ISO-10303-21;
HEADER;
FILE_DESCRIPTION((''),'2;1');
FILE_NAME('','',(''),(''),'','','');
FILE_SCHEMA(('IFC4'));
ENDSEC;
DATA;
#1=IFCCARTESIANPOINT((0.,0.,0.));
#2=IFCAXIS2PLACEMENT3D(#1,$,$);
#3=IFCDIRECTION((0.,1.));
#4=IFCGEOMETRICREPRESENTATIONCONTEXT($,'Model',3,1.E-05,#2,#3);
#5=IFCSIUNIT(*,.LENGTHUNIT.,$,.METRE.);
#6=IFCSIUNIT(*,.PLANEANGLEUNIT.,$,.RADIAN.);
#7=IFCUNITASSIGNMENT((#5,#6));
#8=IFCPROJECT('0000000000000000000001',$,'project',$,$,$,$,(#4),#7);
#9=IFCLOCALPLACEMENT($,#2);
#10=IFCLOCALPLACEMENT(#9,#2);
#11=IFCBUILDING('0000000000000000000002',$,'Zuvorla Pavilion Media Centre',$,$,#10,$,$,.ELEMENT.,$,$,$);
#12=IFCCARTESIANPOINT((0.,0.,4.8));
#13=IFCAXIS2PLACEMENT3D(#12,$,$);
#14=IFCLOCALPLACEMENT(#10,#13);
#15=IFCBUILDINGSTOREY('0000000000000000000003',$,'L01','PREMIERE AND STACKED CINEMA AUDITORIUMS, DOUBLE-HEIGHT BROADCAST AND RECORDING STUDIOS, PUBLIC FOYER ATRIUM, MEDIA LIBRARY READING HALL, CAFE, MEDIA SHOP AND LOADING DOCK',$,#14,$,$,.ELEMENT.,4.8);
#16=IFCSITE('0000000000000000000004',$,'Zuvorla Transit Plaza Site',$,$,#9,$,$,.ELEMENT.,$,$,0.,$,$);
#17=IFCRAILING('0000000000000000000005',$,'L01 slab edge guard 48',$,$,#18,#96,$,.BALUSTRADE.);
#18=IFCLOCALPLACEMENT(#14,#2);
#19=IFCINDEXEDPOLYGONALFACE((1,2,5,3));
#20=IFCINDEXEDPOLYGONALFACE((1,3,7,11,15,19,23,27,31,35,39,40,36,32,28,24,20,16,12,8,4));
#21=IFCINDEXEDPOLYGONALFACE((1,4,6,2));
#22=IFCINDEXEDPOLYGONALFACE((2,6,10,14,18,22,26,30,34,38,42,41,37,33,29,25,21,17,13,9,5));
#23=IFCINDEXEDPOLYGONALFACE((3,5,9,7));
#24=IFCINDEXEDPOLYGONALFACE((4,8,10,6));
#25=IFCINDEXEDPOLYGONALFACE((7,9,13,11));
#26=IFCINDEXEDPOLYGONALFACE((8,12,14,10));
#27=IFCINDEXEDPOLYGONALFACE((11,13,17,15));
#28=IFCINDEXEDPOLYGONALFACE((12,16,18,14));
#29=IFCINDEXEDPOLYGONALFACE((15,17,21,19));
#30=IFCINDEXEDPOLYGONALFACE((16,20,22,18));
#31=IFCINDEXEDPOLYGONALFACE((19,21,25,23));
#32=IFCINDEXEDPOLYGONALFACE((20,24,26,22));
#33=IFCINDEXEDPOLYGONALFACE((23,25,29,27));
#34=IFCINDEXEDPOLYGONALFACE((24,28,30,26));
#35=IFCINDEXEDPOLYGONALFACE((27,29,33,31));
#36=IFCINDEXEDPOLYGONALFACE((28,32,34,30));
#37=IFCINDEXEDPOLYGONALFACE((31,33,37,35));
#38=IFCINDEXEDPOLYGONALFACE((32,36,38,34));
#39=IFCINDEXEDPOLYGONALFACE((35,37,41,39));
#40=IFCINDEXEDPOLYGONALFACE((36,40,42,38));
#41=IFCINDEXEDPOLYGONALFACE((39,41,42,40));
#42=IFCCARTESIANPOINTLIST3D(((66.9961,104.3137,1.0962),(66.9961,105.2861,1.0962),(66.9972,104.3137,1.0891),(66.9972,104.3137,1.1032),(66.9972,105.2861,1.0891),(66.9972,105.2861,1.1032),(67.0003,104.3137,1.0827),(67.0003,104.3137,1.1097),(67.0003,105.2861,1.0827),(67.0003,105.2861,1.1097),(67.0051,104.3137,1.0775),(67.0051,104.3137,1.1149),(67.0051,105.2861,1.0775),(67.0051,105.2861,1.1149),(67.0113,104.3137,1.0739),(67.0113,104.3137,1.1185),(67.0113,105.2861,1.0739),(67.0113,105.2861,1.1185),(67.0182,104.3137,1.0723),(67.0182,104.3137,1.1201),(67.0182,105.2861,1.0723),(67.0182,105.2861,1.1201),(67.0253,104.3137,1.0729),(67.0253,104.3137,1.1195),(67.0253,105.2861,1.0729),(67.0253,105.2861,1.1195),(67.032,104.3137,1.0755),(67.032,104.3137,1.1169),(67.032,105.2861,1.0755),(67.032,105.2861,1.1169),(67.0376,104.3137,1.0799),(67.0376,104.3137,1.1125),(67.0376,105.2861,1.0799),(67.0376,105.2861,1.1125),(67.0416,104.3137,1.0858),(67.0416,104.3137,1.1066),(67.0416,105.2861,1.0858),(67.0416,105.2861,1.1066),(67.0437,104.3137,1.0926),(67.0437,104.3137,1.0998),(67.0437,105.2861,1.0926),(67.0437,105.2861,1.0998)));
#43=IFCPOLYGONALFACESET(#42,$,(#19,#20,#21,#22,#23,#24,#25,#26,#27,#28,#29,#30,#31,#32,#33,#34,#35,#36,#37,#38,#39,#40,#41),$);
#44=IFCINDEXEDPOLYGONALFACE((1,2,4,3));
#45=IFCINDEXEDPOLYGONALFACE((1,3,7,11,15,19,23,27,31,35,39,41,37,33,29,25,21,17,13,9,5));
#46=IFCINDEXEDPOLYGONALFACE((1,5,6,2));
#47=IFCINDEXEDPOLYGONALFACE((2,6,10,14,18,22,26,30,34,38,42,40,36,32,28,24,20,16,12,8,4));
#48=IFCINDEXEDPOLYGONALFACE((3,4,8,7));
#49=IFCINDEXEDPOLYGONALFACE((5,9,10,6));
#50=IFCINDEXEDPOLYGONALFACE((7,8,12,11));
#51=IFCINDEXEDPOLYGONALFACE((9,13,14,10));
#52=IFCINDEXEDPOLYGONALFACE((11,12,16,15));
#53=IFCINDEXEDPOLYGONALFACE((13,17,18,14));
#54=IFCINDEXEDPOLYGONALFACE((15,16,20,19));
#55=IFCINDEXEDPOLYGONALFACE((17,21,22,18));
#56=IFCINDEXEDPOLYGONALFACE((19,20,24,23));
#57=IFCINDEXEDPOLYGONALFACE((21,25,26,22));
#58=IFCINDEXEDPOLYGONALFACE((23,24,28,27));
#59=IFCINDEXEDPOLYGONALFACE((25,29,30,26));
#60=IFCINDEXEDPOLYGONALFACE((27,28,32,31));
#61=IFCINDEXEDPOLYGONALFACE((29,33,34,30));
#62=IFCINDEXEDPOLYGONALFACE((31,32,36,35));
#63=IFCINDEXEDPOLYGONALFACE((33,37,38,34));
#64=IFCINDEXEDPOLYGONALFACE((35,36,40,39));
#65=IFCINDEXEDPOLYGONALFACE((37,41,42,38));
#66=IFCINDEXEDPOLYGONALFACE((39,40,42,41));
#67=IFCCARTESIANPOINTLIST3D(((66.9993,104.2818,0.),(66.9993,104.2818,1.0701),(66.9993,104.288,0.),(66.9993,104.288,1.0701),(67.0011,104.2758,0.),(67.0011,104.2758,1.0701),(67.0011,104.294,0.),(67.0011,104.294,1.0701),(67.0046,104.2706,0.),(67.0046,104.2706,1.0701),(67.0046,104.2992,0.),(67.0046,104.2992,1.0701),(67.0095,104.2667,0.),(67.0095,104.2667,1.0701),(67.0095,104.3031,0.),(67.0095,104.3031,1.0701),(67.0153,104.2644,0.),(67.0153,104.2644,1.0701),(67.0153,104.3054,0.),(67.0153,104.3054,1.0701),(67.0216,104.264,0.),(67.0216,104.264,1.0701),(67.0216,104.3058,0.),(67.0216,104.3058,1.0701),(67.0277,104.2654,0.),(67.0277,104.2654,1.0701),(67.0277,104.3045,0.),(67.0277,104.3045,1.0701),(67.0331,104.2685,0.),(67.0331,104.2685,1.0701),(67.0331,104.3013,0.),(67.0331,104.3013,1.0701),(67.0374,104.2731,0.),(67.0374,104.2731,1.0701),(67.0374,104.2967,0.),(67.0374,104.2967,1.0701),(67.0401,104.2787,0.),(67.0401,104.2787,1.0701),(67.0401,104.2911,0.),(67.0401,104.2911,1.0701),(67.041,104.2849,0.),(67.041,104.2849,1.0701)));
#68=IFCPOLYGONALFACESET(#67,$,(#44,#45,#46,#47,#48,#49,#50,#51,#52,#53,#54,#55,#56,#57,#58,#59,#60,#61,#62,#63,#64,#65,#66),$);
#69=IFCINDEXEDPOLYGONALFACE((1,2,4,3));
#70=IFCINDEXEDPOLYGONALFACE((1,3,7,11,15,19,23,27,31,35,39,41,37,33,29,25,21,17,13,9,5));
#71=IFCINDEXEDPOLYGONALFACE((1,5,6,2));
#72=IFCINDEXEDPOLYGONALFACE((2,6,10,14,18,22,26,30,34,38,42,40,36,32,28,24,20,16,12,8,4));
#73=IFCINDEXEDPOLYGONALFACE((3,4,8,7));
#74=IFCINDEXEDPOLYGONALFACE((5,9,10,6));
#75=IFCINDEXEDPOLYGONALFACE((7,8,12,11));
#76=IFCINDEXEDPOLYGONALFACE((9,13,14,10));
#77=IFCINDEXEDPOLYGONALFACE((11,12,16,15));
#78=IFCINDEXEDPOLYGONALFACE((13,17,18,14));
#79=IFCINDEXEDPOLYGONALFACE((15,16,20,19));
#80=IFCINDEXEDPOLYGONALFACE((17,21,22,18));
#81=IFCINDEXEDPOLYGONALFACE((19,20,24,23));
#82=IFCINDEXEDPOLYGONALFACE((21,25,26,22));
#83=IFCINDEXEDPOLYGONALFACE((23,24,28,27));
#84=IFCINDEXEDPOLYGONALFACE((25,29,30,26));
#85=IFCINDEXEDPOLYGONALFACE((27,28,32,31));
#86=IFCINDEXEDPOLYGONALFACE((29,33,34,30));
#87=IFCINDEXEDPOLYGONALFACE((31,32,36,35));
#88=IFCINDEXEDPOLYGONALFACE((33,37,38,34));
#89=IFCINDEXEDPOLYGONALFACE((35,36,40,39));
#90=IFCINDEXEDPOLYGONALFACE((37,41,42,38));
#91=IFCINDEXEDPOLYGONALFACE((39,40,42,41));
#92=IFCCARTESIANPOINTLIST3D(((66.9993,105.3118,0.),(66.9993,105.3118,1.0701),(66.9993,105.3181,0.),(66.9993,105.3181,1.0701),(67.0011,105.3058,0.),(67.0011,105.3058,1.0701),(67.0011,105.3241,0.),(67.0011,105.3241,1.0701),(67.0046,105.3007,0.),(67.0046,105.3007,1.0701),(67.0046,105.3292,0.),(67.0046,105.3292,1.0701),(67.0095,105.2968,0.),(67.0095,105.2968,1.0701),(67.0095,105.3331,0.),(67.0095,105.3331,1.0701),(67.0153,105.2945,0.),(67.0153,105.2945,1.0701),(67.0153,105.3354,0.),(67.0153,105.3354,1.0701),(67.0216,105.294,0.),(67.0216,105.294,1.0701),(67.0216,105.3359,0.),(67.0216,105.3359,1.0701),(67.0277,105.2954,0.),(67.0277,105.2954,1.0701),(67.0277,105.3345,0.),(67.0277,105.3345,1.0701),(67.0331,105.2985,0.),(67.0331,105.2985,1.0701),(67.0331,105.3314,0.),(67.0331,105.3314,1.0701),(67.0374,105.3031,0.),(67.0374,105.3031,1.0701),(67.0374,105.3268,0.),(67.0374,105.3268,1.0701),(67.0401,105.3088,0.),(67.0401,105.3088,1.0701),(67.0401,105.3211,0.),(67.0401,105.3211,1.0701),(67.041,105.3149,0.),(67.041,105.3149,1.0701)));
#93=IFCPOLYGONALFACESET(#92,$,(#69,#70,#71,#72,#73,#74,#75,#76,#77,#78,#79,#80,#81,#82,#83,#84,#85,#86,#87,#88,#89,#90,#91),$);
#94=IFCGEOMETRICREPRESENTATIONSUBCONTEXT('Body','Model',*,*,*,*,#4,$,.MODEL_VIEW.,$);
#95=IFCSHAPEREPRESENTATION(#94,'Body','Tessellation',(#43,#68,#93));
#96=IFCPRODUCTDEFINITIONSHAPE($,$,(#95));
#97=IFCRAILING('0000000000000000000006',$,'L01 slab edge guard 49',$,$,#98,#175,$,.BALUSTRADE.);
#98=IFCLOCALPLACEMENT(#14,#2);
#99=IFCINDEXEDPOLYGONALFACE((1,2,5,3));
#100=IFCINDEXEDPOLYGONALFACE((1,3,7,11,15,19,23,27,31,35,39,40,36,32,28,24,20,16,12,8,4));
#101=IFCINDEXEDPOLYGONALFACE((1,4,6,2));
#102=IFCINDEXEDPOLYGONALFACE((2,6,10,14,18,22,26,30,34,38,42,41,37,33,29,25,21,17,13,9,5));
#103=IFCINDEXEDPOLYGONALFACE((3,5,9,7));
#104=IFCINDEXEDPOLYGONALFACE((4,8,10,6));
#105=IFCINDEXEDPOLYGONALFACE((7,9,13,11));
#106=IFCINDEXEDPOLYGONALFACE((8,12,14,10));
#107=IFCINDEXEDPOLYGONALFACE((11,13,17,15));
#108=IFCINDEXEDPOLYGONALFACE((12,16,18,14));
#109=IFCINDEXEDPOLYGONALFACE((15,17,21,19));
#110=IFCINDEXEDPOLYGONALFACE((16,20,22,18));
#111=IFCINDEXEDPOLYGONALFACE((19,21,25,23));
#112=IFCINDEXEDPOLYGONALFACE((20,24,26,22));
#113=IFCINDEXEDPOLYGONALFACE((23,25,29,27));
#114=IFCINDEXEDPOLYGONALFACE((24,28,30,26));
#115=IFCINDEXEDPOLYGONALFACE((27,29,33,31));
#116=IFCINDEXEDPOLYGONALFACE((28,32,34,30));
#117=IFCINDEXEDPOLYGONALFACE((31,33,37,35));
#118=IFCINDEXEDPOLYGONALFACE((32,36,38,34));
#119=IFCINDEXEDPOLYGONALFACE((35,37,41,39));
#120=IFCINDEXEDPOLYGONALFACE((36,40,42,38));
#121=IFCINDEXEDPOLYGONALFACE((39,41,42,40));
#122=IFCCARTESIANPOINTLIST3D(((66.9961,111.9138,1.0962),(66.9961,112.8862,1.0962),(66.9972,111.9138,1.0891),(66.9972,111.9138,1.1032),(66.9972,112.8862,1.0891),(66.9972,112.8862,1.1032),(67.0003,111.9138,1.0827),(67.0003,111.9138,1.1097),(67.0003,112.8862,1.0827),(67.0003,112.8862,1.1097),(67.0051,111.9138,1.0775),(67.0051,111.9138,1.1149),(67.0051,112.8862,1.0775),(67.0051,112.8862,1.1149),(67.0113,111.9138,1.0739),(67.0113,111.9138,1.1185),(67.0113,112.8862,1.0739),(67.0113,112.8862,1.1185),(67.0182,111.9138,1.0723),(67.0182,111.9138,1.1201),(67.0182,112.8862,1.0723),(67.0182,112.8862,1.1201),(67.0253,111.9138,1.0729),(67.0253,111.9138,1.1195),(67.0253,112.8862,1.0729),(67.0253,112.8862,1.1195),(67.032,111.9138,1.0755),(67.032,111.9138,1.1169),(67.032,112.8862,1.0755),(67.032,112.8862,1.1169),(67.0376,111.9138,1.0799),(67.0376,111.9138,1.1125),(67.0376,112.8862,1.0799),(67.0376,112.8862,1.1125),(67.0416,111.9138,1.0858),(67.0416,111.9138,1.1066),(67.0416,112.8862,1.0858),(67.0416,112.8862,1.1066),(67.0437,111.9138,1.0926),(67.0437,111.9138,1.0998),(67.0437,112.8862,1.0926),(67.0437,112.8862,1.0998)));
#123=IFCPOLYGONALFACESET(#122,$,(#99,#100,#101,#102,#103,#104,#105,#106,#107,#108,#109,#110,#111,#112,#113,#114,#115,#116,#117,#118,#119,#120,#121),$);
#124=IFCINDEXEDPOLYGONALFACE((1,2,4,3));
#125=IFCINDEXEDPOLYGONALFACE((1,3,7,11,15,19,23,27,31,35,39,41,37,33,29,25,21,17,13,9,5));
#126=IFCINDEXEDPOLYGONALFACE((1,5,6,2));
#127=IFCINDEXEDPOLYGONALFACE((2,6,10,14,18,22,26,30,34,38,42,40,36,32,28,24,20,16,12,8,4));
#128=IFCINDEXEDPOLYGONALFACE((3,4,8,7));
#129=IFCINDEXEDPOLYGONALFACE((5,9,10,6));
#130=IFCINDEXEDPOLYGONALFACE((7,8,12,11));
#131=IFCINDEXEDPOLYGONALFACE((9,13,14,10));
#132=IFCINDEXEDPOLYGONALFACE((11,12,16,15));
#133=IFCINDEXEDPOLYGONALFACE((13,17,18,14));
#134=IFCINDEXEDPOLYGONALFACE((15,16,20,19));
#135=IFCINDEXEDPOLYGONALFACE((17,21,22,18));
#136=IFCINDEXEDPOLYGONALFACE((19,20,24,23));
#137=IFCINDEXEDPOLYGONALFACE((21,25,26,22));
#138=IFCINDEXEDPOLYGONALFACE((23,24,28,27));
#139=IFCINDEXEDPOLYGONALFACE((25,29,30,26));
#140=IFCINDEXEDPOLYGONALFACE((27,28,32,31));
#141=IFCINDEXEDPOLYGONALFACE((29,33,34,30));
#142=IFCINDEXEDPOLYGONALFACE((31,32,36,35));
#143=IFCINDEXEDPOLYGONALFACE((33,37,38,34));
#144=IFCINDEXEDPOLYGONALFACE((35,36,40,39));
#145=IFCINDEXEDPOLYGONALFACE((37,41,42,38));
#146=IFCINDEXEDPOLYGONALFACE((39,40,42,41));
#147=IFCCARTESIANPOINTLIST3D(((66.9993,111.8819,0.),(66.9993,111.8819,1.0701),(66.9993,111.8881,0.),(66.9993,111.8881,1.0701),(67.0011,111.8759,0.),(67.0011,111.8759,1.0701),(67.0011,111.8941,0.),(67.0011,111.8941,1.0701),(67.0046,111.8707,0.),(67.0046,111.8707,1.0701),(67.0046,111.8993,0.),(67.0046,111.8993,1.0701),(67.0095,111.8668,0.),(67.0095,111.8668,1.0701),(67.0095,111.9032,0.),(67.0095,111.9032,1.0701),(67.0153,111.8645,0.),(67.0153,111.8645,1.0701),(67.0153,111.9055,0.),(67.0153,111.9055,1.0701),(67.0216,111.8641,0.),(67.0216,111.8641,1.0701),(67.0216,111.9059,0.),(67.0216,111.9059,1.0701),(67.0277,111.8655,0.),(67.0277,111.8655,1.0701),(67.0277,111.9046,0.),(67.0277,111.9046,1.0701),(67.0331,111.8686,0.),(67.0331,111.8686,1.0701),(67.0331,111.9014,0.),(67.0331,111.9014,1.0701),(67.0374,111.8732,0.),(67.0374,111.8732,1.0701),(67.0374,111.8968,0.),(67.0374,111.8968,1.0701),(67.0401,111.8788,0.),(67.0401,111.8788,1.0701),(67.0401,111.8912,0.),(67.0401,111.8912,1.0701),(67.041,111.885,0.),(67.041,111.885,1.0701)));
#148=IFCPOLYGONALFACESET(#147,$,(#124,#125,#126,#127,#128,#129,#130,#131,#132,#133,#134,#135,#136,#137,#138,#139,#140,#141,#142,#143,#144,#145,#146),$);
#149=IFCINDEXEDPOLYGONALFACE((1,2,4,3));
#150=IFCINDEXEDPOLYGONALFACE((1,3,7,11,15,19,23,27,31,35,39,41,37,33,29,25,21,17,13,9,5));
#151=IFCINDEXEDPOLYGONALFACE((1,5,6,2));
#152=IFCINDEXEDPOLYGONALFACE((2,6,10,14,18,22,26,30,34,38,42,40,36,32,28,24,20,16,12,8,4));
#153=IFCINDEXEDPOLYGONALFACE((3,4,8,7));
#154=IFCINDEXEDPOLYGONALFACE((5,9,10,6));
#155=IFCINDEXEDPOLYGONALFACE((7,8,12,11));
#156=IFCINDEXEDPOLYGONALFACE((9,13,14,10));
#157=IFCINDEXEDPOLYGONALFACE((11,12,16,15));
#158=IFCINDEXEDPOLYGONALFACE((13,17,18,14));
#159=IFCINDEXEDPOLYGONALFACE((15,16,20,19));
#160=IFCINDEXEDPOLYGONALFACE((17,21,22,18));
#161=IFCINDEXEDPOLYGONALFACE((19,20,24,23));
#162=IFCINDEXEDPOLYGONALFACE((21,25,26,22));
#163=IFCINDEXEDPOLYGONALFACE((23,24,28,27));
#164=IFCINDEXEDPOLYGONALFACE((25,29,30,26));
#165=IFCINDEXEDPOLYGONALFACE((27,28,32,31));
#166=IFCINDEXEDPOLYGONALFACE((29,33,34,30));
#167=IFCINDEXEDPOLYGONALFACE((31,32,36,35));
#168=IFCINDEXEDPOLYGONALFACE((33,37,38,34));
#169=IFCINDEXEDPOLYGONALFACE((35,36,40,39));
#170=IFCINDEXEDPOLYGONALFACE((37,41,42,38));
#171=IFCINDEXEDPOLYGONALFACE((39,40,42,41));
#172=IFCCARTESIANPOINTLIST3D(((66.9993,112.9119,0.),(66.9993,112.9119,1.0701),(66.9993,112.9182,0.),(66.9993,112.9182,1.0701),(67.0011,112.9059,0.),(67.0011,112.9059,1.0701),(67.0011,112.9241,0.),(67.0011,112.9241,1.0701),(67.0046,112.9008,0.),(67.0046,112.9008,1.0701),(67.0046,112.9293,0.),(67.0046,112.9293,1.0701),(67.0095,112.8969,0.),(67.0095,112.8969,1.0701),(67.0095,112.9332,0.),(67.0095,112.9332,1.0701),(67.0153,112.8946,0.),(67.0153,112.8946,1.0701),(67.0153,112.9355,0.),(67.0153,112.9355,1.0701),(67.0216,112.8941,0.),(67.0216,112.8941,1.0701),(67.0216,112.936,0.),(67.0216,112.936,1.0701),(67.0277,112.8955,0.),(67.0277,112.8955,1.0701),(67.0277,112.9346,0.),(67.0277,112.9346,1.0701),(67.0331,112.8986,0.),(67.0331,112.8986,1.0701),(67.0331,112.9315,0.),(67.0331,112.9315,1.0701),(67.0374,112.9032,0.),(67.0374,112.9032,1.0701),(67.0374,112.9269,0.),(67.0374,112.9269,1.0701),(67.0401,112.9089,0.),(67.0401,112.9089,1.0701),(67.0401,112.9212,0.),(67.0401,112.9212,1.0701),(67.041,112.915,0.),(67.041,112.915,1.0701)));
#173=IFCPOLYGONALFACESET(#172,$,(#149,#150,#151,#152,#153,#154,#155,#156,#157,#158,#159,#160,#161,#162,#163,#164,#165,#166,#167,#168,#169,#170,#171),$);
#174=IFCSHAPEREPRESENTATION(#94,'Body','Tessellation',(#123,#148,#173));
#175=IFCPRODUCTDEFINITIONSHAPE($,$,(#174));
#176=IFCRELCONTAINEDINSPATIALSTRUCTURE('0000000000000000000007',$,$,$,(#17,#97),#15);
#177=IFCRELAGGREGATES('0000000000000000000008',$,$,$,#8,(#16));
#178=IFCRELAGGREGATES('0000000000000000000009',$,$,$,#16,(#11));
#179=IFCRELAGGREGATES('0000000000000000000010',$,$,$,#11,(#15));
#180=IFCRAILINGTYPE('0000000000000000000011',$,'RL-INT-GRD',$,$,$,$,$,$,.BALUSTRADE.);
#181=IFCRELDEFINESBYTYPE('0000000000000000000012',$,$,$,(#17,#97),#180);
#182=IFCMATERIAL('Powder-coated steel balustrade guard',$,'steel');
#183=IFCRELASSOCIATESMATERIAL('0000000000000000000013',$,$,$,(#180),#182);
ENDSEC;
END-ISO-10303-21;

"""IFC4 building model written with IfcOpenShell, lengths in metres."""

from ifc_helpers import new_model, si_unit, direction, frame, origin, origin_2d, place, context, subcontext, project, spatial, circle, extrude, material, type_object, element, save


model = new_model("IFC4")

# Units and contexts
model_context = context("Model", 3, precision=1e-05, world=origin(), true_north=direction((0.0, 1.0)))
body_context = subcontext(model_context, "Body", "Model", "MODEL_VIEW")
ifc_project = project(units=[si_unit("LENGTHUNIT", "METRE"), si_unit("PLANEANGLEUNIT", "RADIAN")], contexts=[model_context])

# Site, building, storey
site_placement = place(None, origin())
site = spatial("IfcSite", under=ifc_project, at=site_placement, Name="Zuvorla Transit Plaza Site", CompositionType="ELEMENT", RefElevation=0.0)
building_placement = place(site_placement, origin())
building = spatial("IfcBuilding", under=site, at=building_placement, Name="Zuvorla Pavilion Media Centre", CompositionType="ELEMENT")
storey_placement = place(building_placement, frame((0.0, 0.0, 4.8)))
storey = spatial("IfcBuildingStorey", under=building, at=storey_placement, Name="L01", Description="PREMIERE AND STACKED CINEMA AUDITORIUMS, DOUBLE-HEIGHT BROADCAST AND RECORDING STUDIOS, PUBLIC FOYER ATRIUM, MEDIA LIBRARY READING HALL, CAFE, MEDIA SHOP AND LOADING DOCK", CompositionType="ELEMENT", Elevation=4.8)

# Railings
ifc_material_1 = material(Name="Powder-coated steel balustrade guard", Category="steel")
railing_type = type_object("IfcRailingType", Name="RL-INT-GRD", PredefinedType="BALUSTRADE", material=ifc_material_1)
for number, where, name in (
    (1, (67.02, 104.2849, 0.0), "L01 slab edge guard 48"),
    (2, (67.02, 111.885, 0.0), "L01 slab edge guard 49"),
):
    element("IfcRailing", number, at=place(storey_placement, frame(where)), inside=storey, type_object=railing_type, Name=name, PredefinedType="BALUSTRADE", context=body_context, shape_type="SweptSolid", body=[
        extrude(circle(Radius=0.0239, at=origin_2d()), frame((0.0, 0.0288, 1.0962), z_axis=(0.0, 1.0, 0.0), x_axis=(-1.0, 0.0, 0.0)), (0.0, 0.0, 1.0), 0.9724),
        extrude(circle(Radius=0.021, at=origin_2d()), origin(), (0.0, 0.0, 1.0), 1.0701),
        extrude(circle(Radius=0.021, at=origin_2d()), frame((0.0, 1.03, 0.0)), (0.0, 0.0, 1.0), 1.0701),
    ])

save(model, "model.ifc")
